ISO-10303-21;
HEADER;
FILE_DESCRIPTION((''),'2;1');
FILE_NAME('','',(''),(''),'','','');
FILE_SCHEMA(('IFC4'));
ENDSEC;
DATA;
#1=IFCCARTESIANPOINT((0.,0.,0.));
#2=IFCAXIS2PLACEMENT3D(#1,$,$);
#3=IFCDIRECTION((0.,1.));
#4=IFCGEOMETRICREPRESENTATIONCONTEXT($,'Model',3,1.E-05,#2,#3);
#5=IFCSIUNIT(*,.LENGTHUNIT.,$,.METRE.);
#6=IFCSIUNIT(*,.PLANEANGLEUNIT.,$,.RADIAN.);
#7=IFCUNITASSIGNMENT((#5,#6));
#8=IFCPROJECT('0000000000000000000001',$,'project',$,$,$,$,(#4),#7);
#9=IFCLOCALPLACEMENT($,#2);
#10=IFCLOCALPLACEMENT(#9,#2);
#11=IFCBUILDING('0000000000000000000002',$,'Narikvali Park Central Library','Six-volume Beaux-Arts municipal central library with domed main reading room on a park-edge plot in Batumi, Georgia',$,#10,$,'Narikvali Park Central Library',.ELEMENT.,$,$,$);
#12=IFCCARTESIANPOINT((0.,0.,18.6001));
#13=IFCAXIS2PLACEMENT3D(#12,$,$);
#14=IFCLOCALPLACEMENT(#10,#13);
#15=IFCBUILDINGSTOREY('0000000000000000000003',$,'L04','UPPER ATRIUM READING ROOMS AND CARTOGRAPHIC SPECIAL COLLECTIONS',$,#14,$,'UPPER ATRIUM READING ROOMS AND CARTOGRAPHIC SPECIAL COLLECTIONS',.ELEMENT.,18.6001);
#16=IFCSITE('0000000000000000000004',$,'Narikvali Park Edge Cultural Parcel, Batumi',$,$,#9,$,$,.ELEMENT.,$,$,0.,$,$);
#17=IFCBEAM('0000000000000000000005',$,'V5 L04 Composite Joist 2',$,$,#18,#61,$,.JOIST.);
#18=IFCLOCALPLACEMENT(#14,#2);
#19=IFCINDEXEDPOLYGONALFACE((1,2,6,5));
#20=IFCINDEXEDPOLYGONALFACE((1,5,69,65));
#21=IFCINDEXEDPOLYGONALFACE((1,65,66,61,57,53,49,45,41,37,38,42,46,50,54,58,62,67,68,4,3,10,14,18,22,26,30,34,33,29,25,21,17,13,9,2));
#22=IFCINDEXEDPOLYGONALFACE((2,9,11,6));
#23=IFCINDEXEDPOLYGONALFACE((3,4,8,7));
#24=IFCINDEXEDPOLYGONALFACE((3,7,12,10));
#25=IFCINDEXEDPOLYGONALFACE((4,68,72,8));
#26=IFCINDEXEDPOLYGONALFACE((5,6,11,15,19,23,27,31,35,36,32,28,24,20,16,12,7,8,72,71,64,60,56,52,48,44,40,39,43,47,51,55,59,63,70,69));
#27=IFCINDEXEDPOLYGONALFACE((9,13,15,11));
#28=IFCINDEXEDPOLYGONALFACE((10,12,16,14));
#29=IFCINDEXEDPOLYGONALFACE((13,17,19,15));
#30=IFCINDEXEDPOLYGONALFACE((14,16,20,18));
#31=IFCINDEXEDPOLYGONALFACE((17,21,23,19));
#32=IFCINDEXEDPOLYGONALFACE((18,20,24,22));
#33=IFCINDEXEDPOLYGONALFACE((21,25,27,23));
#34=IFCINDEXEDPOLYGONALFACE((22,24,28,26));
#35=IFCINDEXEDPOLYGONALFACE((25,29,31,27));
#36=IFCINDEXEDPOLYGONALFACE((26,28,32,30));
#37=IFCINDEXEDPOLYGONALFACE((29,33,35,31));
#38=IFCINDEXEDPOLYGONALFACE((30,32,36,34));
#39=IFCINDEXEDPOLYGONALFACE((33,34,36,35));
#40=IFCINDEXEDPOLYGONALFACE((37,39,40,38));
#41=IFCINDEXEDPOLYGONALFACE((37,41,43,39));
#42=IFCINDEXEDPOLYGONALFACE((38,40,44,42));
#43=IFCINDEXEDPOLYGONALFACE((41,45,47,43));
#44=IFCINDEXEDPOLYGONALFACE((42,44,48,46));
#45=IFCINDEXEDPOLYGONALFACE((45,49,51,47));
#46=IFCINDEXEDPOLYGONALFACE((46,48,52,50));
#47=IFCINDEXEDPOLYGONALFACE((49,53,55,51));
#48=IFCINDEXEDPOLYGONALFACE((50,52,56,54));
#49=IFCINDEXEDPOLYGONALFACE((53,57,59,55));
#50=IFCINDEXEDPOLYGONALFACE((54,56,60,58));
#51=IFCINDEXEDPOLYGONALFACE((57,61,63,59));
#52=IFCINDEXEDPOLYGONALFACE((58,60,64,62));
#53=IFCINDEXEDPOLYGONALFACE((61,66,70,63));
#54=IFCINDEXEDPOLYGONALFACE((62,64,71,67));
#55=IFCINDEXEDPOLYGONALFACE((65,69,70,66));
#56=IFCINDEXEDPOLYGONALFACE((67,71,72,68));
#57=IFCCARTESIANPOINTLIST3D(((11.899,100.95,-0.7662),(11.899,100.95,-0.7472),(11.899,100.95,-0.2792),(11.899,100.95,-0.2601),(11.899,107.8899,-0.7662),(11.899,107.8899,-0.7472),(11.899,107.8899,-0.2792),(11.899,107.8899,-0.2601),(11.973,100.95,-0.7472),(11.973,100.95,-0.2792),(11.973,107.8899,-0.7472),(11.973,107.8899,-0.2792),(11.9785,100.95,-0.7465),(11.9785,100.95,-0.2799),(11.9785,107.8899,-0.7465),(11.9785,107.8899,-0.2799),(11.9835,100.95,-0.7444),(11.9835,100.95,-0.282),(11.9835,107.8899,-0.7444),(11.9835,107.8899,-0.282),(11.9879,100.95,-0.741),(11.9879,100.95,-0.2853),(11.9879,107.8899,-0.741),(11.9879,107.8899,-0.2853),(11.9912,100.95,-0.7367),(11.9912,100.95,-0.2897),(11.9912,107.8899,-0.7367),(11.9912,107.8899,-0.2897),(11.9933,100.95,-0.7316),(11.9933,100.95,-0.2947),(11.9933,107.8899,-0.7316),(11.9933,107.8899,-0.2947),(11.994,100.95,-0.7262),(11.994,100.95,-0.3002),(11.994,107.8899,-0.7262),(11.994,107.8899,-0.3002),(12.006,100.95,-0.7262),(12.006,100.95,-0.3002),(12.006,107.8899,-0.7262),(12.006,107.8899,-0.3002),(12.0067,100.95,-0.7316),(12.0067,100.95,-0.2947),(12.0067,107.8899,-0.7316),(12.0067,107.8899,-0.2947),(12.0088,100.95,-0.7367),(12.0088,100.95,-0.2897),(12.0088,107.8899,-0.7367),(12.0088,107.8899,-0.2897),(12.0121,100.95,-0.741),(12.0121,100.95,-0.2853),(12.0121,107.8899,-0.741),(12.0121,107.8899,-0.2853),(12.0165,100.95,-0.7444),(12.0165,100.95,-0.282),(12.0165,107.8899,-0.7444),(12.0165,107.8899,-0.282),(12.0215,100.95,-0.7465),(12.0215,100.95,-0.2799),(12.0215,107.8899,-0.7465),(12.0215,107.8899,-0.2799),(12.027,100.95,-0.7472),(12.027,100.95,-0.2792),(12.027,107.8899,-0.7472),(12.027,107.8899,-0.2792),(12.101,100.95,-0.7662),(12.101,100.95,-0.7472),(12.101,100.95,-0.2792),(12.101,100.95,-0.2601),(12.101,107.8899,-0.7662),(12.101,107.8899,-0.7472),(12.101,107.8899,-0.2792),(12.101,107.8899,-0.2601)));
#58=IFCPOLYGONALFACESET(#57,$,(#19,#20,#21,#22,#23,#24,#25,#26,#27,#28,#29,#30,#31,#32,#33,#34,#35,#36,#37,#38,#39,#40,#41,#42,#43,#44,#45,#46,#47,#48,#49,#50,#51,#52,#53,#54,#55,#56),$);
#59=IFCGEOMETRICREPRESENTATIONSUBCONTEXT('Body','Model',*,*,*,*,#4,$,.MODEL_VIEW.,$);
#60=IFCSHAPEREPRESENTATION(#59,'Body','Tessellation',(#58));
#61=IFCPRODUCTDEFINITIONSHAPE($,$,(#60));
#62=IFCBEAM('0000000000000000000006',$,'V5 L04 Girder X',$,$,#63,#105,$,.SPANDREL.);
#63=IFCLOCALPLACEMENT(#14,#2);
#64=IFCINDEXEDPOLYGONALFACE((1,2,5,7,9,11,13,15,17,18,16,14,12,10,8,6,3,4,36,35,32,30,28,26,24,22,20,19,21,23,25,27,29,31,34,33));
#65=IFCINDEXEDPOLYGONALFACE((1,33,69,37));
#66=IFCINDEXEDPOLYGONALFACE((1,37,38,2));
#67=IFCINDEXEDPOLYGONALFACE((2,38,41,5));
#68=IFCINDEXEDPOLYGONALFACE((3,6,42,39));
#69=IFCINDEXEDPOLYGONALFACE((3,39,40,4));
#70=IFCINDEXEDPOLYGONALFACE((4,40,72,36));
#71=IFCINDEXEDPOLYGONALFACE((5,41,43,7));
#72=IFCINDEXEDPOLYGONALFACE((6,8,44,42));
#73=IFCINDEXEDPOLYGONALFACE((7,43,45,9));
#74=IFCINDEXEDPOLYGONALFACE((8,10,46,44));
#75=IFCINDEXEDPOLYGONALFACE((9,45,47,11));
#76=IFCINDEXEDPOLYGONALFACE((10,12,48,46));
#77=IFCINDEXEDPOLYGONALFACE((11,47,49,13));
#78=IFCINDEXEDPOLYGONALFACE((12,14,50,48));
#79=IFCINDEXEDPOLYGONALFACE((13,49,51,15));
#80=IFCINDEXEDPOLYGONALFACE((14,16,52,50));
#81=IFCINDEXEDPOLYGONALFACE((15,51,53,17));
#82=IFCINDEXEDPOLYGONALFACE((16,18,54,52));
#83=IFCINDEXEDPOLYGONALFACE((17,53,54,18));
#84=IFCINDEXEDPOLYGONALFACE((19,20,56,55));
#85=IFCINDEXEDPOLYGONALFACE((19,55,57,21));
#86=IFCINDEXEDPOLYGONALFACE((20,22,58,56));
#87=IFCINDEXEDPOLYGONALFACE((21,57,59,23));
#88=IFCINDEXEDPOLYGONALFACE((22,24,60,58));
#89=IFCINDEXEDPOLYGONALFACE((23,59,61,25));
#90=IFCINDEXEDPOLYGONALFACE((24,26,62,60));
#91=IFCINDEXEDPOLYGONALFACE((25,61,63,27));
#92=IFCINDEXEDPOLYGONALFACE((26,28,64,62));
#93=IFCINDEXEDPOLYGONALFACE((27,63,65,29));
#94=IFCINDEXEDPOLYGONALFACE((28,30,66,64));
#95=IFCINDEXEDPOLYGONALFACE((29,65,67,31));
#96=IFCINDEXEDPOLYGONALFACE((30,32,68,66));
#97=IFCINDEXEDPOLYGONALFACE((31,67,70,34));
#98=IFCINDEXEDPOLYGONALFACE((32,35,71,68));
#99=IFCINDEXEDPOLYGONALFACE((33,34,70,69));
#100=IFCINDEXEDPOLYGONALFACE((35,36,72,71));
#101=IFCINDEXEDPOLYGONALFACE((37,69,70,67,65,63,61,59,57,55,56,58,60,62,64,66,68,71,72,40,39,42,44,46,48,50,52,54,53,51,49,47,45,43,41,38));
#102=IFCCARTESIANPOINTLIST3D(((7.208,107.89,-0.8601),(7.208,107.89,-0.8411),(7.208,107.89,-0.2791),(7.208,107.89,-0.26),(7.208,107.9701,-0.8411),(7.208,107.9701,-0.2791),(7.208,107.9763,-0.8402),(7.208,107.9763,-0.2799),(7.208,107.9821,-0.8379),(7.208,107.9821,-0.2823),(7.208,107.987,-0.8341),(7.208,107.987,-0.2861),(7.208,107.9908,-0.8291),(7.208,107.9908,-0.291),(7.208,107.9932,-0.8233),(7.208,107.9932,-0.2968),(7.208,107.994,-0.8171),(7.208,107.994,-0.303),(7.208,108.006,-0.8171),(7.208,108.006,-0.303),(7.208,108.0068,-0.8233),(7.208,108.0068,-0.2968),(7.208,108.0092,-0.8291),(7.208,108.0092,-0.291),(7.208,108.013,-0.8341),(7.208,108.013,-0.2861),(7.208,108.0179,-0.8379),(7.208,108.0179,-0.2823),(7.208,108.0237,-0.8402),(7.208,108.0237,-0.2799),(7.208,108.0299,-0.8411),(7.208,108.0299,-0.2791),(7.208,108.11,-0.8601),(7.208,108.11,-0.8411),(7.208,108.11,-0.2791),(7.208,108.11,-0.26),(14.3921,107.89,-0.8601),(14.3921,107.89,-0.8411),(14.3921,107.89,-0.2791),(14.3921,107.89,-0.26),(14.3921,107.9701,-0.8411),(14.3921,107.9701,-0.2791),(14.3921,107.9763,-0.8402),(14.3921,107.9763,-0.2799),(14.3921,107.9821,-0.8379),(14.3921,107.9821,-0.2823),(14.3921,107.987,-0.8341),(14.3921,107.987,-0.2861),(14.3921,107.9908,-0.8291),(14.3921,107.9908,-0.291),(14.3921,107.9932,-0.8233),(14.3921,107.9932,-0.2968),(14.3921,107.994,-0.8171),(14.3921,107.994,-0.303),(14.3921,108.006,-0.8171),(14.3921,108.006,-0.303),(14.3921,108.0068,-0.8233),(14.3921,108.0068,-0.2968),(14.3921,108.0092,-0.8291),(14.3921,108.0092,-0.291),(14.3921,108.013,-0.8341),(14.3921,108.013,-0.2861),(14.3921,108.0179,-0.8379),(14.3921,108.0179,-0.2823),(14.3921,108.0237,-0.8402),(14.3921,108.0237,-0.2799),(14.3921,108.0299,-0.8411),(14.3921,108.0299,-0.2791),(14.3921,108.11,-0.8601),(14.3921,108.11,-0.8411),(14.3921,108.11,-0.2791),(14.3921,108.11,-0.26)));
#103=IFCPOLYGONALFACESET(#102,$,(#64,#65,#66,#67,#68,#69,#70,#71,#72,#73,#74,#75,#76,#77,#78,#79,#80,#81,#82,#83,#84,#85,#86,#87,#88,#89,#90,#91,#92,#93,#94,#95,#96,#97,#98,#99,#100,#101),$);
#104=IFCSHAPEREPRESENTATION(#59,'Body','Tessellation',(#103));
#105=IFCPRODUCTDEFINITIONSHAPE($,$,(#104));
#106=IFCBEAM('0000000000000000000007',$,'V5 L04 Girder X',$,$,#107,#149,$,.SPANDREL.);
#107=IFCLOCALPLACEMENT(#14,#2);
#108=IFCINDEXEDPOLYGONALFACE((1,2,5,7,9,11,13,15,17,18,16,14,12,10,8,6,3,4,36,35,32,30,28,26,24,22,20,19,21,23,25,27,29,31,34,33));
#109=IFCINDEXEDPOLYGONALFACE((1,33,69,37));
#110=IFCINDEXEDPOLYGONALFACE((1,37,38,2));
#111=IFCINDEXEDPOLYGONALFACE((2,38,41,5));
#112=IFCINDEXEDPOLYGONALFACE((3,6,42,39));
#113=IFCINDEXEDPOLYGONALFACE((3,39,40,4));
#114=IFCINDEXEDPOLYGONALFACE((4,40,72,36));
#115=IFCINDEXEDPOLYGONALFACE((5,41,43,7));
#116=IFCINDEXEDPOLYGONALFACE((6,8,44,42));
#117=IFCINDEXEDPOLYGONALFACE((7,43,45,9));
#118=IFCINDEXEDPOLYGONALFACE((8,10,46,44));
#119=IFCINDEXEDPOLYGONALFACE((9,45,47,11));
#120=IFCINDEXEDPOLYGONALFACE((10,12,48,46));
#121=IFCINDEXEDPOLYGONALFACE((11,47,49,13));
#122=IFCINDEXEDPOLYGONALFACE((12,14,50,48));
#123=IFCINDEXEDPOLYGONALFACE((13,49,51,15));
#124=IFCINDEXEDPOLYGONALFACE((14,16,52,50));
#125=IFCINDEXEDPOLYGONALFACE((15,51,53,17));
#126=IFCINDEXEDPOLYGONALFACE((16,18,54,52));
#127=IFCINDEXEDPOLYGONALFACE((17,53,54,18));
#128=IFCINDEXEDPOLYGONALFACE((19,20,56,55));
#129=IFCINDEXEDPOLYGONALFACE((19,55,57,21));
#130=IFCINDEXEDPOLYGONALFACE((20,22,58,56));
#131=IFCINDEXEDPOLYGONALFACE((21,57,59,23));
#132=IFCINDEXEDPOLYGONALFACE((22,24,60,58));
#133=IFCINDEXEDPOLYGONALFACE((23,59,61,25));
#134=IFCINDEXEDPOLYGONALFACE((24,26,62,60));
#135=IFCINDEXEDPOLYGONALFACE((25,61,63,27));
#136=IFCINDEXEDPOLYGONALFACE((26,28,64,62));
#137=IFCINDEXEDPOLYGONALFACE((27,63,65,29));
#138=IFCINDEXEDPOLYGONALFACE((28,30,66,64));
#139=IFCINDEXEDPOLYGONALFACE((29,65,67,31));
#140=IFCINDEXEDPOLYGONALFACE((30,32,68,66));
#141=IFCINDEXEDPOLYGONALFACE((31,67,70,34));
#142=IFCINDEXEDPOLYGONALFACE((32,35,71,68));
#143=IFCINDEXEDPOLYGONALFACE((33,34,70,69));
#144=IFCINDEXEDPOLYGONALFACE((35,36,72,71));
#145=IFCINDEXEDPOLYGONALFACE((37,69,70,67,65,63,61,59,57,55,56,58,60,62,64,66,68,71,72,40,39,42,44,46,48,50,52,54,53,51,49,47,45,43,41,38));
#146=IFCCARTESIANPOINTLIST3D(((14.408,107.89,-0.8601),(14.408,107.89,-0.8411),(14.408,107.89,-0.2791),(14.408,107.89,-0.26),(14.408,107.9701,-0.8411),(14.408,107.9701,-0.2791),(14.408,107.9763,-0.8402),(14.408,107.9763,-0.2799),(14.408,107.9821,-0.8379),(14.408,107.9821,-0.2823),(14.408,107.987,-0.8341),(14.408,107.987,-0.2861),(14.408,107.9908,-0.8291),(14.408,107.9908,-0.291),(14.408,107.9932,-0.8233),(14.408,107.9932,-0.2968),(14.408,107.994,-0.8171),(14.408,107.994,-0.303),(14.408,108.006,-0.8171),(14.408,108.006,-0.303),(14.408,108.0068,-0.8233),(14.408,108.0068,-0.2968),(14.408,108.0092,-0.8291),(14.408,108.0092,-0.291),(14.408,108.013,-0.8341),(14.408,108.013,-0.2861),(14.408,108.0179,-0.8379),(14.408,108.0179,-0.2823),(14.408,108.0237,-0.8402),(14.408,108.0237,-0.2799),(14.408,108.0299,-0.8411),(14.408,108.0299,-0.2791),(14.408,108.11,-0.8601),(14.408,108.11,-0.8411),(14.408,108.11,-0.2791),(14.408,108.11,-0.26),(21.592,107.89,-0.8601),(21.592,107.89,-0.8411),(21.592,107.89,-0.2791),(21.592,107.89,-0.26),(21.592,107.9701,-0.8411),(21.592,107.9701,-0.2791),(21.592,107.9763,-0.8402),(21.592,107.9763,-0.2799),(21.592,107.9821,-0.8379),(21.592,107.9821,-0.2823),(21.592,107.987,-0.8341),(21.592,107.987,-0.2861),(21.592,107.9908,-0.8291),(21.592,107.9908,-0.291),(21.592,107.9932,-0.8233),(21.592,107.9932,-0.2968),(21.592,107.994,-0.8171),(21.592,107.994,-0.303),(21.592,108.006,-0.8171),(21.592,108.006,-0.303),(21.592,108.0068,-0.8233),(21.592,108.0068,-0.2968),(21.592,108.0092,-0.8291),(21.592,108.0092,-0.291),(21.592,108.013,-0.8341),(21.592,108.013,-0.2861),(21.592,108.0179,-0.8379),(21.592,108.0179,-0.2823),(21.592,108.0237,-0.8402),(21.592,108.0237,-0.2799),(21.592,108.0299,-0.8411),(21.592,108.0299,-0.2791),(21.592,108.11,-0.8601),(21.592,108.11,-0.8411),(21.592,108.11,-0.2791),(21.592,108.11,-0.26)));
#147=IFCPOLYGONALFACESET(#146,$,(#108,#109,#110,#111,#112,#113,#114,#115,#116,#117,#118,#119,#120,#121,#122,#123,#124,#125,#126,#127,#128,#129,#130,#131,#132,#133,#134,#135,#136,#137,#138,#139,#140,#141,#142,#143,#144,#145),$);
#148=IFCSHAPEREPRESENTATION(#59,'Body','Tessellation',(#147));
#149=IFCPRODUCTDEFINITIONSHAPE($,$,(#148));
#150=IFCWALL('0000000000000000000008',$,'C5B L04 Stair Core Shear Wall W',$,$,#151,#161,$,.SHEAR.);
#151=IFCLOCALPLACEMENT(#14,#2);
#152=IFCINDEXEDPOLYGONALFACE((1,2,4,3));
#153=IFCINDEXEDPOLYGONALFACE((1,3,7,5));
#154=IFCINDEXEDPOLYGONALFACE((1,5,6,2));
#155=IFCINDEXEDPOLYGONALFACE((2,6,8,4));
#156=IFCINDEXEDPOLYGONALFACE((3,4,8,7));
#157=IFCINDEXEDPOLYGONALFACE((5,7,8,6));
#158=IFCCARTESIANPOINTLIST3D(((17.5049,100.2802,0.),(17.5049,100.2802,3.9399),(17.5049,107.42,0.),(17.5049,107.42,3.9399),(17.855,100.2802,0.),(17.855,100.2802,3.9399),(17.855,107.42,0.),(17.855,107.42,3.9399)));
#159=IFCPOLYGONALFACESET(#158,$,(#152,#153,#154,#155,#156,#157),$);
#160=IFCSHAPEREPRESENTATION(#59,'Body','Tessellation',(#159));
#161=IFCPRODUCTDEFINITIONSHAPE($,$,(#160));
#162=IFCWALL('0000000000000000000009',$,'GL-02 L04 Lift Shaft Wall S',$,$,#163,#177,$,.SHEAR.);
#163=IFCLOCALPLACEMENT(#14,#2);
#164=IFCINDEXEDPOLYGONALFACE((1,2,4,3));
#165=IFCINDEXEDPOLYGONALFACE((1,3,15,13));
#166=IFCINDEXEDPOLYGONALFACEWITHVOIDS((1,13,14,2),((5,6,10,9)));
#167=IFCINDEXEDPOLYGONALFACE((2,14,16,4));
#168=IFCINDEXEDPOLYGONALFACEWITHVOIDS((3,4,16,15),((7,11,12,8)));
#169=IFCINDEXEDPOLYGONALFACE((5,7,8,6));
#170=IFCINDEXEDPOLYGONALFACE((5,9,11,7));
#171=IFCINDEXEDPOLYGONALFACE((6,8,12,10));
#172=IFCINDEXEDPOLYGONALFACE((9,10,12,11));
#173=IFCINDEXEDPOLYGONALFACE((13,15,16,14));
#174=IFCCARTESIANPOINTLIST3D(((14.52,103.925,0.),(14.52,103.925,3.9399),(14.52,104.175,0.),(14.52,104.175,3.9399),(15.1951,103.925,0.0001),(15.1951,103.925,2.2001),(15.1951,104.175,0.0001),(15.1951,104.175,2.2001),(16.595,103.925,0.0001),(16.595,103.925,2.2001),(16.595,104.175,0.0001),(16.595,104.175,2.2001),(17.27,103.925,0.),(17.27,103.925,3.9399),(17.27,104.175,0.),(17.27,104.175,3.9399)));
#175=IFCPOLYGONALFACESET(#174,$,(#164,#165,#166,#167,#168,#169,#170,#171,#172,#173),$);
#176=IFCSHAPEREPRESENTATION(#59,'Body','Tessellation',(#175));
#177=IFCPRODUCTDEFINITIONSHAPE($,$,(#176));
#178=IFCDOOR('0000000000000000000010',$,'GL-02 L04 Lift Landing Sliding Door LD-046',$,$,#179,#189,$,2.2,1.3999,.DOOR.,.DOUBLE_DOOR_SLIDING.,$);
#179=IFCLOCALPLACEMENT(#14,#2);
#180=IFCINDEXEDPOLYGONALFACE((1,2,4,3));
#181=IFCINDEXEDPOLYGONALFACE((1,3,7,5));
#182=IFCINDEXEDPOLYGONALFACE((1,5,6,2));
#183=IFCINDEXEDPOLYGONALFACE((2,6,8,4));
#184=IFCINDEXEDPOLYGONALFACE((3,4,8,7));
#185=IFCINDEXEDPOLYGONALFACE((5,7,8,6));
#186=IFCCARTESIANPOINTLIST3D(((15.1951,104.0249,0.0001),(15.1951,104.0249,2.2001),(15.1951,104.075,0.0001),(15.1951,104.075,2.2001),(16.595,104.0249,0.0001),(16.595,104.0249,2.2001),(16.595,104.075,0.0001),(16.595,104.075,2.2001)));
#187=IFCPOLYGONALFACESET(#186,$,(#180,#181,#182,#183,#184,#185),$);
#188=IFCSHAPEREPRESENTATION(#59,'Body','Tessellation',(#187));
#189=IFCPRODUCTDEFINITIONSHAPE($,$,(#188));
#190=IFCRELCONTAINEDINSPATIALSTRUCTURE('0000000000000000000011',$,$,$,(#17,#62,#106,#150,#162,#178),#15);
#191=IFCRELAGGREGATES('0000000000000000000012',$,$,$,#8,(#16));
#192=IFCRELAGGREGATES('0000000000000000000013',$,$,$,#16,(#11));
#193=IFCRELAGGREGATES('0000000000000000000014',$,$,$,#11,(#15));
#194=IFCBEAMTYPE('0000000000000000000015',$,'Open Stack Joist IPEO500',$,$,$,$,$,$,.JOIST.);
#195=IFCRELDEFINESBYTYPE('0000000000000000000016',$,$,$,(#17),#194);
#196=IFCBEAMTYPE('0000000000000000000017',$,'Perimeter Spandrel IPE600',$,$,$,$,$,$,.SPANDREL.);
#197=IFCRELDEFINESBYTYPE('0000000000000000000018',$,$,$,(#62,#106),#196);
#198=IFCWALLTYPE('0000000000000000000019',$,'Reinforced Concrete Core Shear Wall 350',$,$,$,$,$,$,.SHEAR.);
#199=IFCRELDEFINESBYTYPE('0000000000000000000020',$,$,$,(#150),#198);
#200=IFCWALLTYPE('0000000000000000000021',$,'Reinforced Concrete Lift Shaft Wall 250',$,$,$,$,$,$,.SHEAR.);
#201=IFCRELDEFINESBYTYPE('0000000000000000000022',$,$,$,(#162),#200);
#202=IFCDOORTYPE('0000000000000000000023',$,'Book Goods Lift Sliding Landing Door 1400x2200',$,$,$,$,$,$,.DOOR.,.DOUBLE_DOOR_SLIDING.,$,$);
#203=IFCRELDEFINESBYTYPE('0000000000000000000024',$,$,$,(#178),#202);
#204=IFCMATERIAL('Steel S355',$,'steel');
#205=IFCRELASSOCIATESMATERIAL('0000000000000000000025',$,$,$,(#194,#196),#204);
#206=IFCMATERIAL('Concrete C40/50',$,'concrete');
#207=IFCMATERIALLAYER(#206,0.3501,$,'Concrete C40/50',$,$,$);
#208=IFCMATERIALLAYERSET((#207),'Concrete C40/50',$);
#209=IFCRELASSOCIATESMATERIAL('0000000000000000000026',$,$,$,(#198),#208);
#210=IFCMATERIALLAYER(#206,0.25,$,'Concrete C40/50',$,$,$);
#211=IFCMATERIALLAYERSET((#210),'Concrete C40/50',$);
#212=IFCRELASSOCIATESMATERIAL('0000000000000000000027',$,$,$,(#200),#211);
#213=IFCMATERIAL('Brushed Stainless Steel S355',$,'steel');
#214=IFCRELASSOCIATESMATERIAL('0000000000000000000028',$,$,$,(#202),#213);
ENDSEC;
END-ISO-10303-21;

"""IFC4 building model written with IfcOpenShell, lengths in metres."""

from ifc_helpers import new_model, si_unit, direction, frame, frame_2d, origin, origin_2d, place, context, subcontext, project, spatial, rectangle, i_section, extrude, material, layer, layer_set, material_profile, profile_set, type_object, element, fill, save


model = new_model("IFC4")

# Units and contexts
model_context = context("Model", 3, precision=1e-05, world=origin(), true_north=direction((0.0, 1.0)))
body_context = subcontext(model_context, "Body", "Model", "MODEL_VIEW")
ifc_project = project(units=[si_unit("LENGTHUNIT", "METRE"), si_unit("PLANEANGLEUNIT", "RADIAN")], contexts=[model_context])

# Site, building, storey
site_placement = place(None, origin())
site = spatial("IfcSite", under=ifc_project, at=site_placement, Name="Narikvali Park Edge Cultural Parcel, Batumi", CompositionType="ELEMENT", RefElevation=0.0)
building_placement = place(site_placement, origin())
building = spatial("IfcBuilding", under=site, at=building_placement, Name="Narikvali Park Central Library", Description="Six-volume Beaux-Arts municipal central library with domed main reading room on a park-edge plot in Batumi, Georgia", LongName="Narikvali Park Central Library", CompositionType="ELEMENT")
storey_placement = place(building_placement, frame((0.0, 0.0, 18.6001)))
storey = spatial("IfcBuildingStorey", under=building, at=storey_placement, Name="L04", Description="UPPER ATRIUM READING ROOMS AND CARTOGRAPHIC SPECIAL COLLECTIONS", LongName="UPPER ATRIUM READING ROOMS AND CARTOGRAPHIC SPECIAL COLLECTIONS", CompositionType="ELEMENT", Elevation=18.6001)

# Shared definitions
ifc_material_1 = material(Name="Steel S355", Category="steel")

# Beams
ifc_material_profile_1 = material_profile(ifc_material_1, i_section(OverallWidth=0.2019, OverallDepth=0.5061, WebThickness=0.012, FlangeThickness=0.019, FilletRadius=0.021, at=origin_2d()), Name="IPEO 500")
ifc_profile_set_1 = profile_set([ifc_material_profile_1], Name="Steel S355")
beam_type_1 = type_object("IfcBeamType", Name="Open Stack Joist IPEO500", PredefinedType="JOIST", material=ifc_profile_set_1)
for number, where, z_axis, x_axis, name in (
    (1, (12.0, 100.95, -0.5132), (0.0, 1.0, 0.0), (-1.0, 0.0, 0.0), "V5 L04 Composite Joist 2"),
):
    element("IfcBeam", number, at=place(storey_placement, frame(where, z_axis=z_axis, x_axis=x_axis)), inside=storey, type_object=beam_type_1, Name=name, PredefinedType="JOIST", context=body_context, shape_type="SweptSolid", body=[
        extrude(i_section(OverallWidth=0.2019, OverallDepth=0.5061, WebThickness=0.012, FlangeThickness=0.019, FilletRadius=0.021, at=origin_2d()), origin(), (0.0, 0.0, 1.0), 6.9399),
    ])
ifc_material_profile_2 = material_profile(ifc_material_1, i_section(OverallWidth=0.22, OverallDepth=0.6001, WebThickness=0.012, FlangeThickness=0.019, FilletRadius=0.0239, at=origin_2d()), Name="IPE 600")
ifc_profile_set_2 = profile_set([ifc_material_profile_2], Name="Steel S355")
beam_type_2 = type_object("IfcBeamType", Name="Perimeter Spandrel IPE600", PredefinedType="SPANDREL", material=ifc_profile_set_2)
for number, where, z_axis, x_axis, name in (
    (2, (7.208, 108.0, -0.5601), (1.0, 0.0, 0.0), (0.0, 1.0, 0.0), "V5 L04 Girder X"),
    (3, (14.408, 108.0, -0.5601), (1.0, 0.0, 0.0), (0.0, 1.0, 0.0), "V5 L04 Girder X"),
):
    element("IfcBeam", number, at=place(storey_placement, frame(where, z_axis=z_axis, x_axis=x_axis)), inside=storey, type_object=beam_type_2, Name=name, PredefinedType="SPANDREL", context=body_context, shape_type="SweptSolid", body=[
        extrude(i_section(OverallWidth=0.22, OverallDepth=0.6001, WebThickness=0.012, FlangeThickness=0.019, FilletRadius=0.0239, at=origin_2d()), origin(), (0.0, 0.0, 1.0), 7.1841),
    ])

# Wall
ifc_material_2 = material(Name="Concrete C40/50", Category="concrete")
ifc_layer_1 = layer(ifc_material_2, 0.3501, Name="Concrete C40/50")
ifc_layer_set_1 = layer_set([ifc_layer_1], Name="Concrete C40/50")
wall_type_1 = type_object("IfcWallType", Name="Reinforced Concrete Core Shear Wall 350", PredefinedType="SHEAR", material=ifc_layer_set_1)
wall_1_placement = place(storey_placement, frame((17.6799, 107.4199, 0.0), z_axis=(0.0, 0.0, 1.0), x_axis=(0.0, -1.0, 0.0)))
element("IfcWall", 4, at=wall_1_placement, inside=storey, type_object=wall_type_1, Name="C5B L04 Stair Core Shear Wall W", PredefinedType="SHEAR", context=body_context, shape_type="SweptSolid", body=[
    extrude(rectangle(XDim=7.1399, YDim=0.3501, at=frame_2d((3.5698, 0.0))), origin(), (0.0, 0.0, 1.0), 3.9399),
])

# Wall, opening, door
ifc_layer_2 = layer(ifc_material_2, 0.25, Name="Concrete C40/50")
ifc_layer_set_2 = layer_set([ifc_layer_2], Name="Concrete C40/50")
wall_type_2 = type_object("IfcWallType", Name="Reinforced Concrete Lift Shaft Wall 250", PredefinedType="SHEAR", material=ifc_layer_set_2)
wall_2_placement = place(storey_placement, frame((14.52, 104.05, 0.0), z_axis=(0.0, 0.0, 1.0), x_axis=(1.0, 0.0, 0.0)))
wall_2 = element("IfcWall", 5, at=wall_2_placement, inside=storey, type_object=wall_type_2, Name="GL-02 L04 Lift Shaft Wall S", PredefinedType="SHEAR", context=body_context, shape_type="SweptSolid", body=[
    extrude(rectangle(XDim=2.75, YDim=0.25, at=frame_2d((1.375, 0.0))), origin(), (0.0, 0.0, 1.0), 3.9399),
])
opening_1_placement = place(wall_2_placement, frame((0.675, 0.0, 0.0)))
opening_1 = element("IfcOpeningElement", 6, at=opening_1_placement, cuts=wall_2, PredefinedType="OPENING", context=body_context, shape_type="SweptSolid", body=[
    extrude(rectangle(XDim=1.3999, YDim=2.2, at=frame_2d((0.7, 1.1001))), frame((0.0, 0.137, 0.0), z_axis=(0.0, -1.0, 0.0), x_axis=(1.0, 0.0, 0.0)), (0.0, 0.0, 1.0), 0.2739),
])
ifc_material_3 = material(Name="Brushed Stainless Steel S355", Category="steel")
door_type = type_object("IfcDoorType", Name="Book Goods Lift Sliding Landing Door 1400x2200", OperationType="DOUBLE_DOOR_SLIDING", PredefinedType="DOOR", material=ifc_material_3)
door_placement = place(opening_1_placement, origin())
door = element("IfcDoor", 7, at=door_placement, inside=storey, type_object=door_type, Name="GL-02 L04 Lift Landing Sliding Door LD-046", OperationType="DOUBLE_DOOR_SLIDING", OverallHeight=2.2, OverallWidth=1.3999, PredefinedType="DOOR", context=body_context, shape_type="SweptSolid", body=[
    extrude(rectangle(XDim=1.3999, YDim=2.2, at=frame_2d((0.7, 1.1001))), frame((0.0, 0.0249, 0.0), z_axis=(0.0, -1.0, 0.0), x_axis=(1.0, 0.0, 0.0)), (0.0, 0.0, 1.0), 0.05),
])
fill(opening_1, door)

save(model, "model.ifc")
